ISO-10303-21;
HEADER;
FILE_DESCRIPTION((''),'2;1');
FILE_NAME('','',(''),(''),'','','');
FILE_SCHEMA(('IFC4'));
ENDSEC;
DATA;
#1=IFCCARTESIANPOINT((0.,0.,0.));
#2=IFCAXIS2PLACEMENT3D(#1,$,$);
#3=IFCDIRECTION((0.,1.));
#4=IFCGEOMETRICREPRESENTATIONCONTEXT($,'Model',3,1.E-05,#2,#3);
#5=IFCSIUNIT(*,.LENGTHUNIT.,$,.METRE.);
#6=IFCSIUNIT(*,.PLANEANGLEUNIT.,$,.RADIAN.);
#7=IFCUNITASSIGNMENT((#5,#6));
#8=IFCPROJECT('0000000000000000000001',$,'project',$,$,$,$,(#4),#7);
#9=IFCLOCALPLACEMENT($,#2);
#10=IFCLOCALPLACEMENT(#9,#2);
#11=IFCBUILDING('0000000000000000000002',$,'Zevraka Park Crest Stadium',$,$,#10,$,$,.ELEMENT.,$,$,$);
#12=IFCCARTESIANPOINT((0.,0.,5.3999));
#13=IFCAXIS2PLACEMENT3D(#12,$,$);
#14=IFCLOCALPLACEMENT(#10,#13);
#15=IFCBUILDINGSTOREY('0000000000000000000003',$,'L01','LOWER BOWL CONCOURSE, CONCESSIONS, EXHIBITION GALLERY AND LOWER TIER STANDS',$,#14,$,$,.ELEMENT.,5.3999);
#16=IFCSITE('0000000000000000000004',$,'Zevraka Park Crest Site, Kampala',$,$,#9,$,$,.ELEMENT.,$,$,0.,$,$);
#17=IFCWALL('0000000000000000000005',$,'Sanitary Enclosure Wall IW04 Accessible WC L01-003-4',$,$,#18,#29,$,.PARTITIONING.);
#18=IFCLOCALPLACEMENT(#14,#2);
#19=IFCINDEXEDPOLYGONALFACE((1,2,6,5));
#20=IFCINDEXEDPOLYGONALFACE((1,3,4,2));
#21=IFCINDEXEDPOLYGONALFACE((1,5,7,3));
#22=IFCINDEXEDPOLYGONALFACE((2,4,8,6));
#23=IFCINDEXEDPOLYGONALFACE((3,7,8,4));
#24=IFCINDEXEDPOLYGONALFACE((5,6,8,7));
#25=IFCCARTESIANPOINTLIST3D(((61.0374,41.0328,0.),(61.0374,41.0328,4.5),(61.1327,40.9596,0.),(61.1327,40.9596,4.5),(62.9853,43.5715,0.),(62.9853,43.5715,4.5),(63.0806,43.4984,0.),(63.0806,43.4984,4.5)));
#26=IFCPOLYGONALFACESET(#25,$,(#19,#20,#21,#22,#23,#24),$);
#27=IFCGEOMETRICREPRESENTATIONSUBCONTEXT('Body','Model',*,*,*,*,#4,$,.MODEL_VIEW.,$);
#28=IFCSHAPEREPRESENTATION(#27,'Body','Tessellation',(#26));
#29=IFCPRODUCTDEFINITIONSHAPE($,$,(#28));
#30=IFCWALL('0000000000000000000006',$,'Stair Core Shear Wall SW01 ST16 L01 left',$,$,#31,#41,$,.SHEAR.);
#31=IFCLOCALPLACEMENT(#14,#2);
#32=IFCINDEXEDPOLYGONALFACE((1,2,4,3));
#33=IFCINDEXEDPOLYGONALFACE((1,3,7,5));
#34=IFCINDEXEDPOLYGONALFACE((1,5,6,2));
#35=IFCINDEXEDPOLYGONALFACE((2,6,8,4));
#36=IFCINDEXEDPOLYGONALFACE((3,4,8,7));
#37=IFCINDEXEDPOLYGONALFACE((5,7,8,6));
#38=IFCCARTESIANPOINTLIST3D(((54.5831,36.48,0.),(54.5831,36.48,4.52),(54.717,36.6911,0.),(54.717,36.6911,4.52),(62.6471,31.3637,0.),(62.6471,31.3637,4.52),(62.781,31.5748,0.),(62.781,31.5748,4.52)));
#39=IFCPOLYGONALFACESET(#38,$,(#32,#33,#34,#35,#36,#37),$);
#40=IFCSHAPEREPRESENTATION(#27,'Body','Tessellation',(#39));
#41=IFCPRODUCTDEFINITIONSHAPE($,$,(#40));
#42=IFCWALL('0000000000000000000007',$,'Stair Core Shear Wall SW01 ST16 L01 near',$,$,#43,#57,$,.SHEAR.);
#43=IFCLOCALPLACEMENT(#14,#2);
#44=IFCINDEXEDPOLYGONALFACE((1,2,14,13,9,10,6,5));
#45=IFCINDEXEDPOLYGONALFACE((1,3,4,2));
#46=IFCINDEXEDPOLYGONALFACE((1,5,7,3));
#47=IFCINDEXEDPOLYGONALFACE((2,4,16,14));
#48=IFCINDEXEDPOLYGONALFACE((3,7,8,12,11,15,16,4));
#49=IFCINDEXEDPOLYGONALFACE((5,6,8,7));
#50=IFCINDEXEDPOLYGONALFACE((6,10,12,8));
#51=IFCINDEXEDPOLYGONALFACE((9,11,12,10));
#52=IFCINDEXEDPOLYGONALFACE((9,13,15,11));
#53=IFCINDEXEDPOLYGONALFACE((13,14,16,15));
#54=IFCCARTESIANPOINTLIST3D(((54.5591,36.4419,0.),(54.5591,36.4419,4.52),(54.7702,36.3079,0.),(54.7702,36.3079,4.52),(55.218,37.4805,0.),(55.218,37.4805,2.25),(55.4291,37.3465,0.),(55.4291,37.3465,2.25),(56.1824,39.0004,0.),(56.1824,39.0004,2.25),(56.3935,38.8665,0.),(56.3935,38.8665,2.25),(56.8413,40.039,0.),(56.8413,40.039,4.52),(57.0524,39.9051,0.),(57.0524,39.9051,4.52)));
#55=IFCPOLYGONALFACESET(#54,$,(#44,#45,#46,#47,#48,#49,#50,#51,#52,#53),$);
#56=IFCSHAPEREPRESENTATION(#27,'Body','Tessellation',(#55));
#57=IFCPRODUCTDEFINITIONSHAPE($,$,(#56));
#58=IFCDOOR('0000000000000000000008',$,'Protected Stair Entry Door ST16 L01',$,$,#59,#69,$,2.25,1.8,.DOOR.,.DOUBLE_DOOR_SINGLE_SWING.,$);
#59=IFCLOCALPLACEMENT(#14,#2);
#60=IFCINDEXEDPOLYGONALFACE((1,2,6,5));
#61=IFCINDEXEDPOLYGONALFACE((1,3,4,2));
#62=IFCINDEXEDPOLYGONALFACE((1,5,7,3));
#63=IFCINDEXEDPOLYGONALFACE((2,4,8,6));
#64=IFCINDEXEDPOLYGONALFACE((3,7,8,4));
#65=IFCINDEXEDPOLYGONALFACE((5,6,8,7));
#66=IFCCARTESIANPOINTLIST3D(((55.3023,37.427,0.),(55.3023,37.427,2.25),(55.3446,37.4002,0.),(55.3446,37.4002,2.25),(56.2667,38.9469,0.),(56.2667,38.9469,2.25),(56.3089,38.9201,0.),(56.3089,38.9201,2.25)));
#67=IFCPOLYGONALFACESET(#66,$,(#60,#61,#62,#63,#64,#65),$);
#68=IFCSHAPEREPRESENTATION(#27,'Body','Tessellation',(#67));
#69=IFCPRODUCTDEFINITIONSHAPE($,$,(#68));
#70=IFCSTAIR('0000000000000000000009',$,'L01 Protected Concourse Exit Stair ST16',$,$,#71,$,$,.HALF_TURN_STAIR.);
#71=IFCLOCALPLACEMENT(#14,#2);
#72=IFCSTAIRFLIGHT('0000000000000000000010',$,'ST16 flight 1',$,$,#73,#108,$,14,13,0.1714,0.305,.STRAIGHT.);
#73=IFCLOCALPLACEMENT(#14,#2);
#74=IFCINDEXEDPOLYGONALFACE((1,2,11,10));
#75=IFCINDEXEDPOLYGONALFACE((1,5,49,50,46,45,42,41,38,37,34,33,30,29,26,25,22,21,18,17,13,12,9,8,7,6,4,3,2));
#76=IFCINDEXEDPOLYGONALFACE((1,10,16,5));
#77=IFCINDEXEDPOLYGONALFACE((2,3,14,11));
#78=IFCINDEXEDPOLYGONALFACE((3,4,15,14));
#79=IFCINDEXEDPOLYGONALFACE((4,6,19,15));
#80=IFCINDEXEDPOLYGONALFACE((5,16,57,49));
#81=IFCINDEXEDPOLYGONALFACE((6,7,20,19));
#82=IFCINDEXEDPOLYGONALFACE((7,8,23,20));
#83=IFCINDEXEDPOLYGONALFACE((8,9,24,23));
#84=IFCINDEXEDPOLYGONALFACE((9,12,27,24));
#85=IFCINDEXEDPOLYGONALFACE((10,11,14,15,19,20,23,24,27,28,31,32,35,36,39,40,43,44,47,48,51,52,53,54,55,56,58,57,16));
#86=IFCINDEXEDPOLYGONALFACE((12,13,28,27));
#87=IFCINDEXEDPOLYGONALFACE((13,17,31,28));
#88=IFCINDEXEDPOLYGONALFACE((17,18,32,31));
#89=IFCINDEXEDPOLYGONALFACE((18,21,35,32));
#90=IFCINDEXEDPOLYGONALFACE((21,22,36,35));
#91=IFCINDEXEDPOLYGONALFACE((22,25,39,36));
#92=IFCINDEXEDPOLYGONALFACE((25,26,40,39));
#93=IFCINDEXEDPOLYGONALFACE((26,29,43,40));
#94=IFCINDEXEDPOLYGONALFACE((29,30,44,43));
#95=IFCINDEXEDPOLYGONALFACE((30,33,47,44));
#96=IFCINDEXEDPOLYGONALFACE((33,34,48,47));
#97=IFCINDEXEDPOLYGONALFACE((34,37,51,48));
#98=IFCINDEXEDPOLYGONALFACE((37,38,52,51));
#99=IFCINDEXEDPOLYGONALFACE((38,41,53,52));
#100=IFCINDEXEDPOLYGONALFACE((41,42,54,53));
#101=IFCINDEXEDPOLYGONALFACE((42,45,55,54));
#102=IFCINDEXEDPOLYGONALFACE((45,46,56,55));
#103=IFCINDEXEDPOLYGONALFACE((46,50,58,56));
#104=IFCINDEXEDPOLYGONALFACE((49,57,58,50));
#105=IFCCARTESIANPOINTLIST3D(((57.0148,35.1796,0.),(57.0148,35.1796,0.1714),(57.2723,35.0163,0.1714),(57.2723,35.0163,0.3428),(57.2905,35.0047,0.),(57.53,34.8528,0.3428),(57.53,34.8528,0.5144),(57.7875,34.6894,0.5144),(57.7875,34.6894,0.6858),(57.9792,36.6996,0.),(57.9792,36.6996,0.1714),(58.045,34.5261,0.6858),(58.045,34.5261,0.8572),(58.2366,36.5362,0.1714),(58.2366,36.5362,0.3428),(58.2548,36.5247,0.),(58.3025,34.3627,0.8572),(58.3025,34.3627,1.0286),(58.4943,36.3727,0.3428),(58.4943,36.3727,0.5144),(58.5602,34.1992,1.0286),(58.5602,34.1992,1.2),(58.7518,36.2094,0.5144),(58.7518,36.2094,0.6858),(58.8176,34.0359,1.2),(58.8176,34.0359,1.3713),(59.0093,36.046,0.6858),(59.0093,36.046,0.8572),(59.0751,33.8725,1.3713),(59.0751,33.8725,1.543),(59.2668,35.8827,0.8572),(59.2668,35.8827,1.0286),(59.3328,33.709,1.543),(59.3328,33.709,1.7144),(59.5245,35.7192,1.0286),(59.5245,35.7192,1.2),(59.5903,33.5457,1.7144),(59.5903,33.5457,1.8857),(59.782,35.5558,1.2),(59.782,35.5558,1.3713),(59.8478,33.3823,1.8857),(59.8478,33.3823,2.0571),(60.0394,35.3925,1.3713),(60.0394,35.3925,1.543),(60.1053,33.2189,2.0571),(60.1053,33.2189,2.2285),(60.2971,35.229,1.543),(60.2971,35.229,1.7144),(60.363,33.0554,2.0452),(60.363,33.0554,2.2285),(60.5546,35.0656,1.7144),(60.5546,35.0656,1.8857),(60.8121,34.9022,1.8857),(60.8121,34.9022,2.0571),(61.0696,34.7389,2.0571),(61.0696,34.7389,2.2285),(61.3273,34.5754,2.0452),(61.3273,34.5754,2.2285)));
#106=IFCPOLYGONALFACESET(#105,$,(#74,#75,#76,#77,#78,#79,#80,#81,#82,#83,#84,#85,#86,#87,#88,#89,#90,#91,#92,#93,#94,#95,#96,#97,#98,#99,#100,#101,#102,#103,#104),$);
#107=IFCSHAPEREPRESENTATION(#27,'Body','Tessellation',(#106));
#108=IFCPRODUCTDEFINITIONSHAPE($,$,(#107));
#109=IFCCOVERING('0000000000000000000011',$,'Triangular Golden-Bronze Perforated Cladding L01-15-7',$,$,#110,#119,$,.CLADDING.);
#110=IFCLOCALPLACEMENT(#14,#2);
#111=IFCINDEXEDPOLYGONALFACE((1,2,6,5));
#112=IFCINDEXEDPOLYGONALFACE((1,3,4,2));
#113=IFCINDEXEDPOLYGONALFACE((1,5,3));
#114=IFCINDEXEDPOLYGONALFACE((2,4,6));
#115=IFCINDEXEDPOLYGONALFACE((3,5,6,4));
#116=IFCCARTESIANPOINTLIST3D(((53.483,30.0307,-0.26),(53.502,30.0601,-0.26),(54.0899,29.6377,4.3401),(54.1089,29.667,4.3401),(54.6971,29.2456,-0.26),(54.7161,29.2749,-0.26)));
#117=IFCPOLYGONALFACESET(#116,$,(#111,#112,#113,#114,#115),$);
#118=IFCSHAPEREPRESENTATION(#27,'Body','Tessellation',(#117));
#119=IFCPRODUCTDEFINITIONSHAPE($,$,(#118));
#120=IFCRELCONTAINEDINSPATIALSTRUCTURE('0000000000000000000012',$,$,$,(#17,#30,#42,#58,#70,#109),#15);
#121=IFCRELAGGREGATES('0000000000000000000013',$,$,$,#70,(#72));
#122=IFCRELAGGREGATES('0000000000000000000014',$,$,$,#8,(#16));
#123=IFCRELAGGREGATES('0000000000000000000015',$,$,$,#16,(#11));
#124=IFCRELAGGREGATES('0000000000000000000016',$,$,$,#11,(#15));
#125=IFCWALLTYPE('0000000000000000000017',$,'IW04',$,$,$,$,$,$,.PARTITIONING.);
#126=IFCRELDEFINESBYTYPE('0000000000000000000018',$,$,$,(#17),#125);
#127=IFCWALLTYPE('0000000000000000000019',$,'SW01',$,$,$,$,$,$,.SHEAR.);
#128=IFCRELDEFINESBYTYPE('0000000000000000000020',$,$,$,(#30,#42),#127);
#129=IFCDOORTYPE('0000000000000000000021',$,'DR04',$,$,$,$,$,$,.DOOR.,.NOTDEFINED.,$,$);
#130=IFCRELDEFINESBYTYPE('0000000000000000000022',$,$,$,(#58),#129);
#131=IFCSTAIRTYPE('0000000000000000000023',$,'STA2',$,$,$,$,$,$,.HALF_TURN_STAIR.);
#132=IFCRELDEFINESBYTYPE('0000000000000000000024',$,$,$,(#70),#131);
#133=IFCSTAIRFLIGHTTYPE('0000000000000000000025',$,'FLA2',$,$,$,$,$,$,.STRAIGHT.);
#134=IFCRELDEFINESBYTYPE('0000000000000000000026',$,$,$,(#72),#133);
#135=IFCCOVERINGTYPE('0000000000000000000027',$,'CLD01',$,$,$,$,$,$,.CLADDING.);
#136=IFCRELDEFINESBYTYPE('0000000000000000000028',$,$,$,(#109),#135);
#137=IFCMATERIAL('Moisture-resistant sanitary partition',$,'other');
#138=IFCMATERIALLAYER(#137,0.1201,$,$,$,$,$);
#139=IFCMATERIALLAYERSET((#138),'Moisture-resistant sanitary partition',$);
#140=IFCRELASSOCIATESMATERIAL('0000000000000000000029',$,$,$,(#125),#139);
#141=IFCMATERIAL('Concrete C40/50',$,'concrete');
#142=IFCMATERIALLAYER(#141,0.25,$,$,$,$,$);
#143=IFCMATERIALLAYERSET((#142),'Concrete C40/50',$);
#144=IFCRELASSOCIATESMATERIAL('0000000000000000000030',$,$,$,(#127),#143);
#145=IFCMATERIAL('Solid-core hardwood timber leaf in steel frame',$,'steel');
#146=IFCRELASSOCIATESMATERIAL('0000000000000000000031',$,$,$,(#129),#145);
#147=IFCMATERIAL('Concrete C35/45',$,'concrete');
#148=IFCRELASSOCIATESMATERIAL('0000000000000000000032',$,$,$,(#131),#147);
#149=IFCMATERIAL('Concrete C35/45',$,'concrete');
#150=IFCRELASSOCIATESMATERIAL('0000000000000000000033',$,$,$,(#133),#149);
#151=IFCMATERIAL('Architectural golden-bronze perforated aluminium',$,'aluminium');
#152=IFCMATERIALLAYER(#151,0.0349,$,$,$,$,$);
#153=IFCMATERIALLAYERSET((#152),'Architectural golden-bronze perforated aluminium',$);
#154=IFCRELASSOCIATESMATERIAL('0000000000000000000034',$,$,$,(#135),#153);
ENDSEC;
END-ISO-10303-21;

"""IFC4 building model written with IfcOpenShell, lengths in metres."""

from ifc_helpers import new_model, si_unit, direction, frame, frame_2d, origin, place, context, subcontext, project, spatial, polyline, rectangle, outline, extrude, material, layer, layer_set, type_object, element, fill, aggregate, save


model = new_model("IFC4")

# Units and contexts
model_context = context("Model", 3, precision=1e-05, world=origin(), true_north=direction((0.0, 1.0)))
body_context = subcontext(model_context, "Body", "Model", "MODEL_VIEW")
ifc_project = project(units=[si_unit("LENGTHUNIT", "METRE"), si_unit("PLANEANGLEUNIT", "RADIAN")], contexts=[model_context])

# Site, building, storey
site_placement = place(None, origin())
site = spatial("IfcSite", under=ifc_project, at=site_placement, Name="Zevraka Park Crest Site, Kampala", CompositionType="ELEMENT", RefElevation=0.0)
building_placement = place(site_placement, origin())
building = spatial("IfcBuilding", under=site, at=building_placement, Name="Zevraka Park Crest Stadium", CompositionType="ELEMENT")
storey_placement = place(building_placement, frame((0.0, 0.0, 5.3999)))
storey = spatial("IfcBuildingStorey", under=building, at=storey_placement, Name="L01", Description="LOWER BOWL CONCOURSE, CONCESSIONS, EXHIBITION GALLERY AND LOWER TIER STANDS", CompositionType="ELEMENT", Elevation=5.3999)

# Walls
ifc_material_1 = material(Name="Moisture-resistant sanitary partition", Category="other")
ifc_layer_1 = layer(ifc_material_1, 0.1201)
ifc_layer_set_1 = layer_set([ifc_layer_1], Name="Moisture-resistant sanitary partition")
wall_type_1 = type_object("IfcWallType", Name="IW04", PredefinedType="PARTITIONING", material=ifc_layer_set_1)
wall_1_placement = place(storey_placement, frame((61.085, 40.9961, 0.0), z_axis=(0.0, 0.0, 1.0), x_axis=(0.608741, 0.793369, 0.0)))
element("IfcWall", 1, at=wall_1_placement, inside=storey, type_object=wall_type_1, Name="Sanitary Enclosure Wall IW04 Accessible WC L01-003-4", PredefinedType="PARTITIONING", context=body_context, shape_type="SweptSolid", body=[
    extrude(rectangle(XDim=3.2, YDim=0.1201, at=frame_2d((1.6001, 0.0))), origin(), (0.0, 0.0, 1.0), 4.5),
])
ifc_material_2 = material(Name="Concrete C40/50", Category="concrete")
ifc_layer_2 = layer(ifc_material_2, 0.25)
ifc_layer_set_2 = layer_set([ifc_layer_2], Name="Concrete C40/50")
wall_type_2 = type_object("IfcWallType", Name="SW01", PredefinedType="SHEAR", material=ifc_layer_set_2)
wall_2_placement = place(storey_placement, frame((54.6501, 36.5854, 0.0), z_axis=(0.0, 0.0, 1.0), x_axis=(0.844391, -0.535727, 0.0)))
element("IfcWall", 2, at=wall_2_placement, inside=storey, type_object=wall_type_2, Name="Stair Core Shear Wall SW01 ST16 L01 left", PredefinedType="SHEAR", context=body_context, shape_type="SweptSolid", body=[
    extrude(rectangle(XDim=9.55, YDim=0.25, at=frame_2d((4.7749, 0.0))), origin(), (0.0, 0.0, 1.0), 4.52),
])

# Wall, opening, door
wall_3_placement = place(storey_placement, frame((56.9468, 39.9719, 0.0), z_axis=(0.0, 0.0, 1.0), x_axis=(-0.535725, -0.844392, 0.0)))
wall_3 = element("IfcWall", 3, at=wall_3_placement, inside=storey, type_object=wall_type_2, Name="Stair Core Shear Wall SW01 ST16 L01 near", PredefinedType="SHEAR", context=body_context, shape_type="SweptSolid", body=[
    extrude(rectangle(XDim=4.26, YDim=0.25, at=frame_2d((2.1299, 0.0))), origin(), (0.0, 0.0, 1.0), 4.52),
])
opening_placement = place(wall_3_placement, frame((1.23, 0.0, 0.0)))
opening = element("IfcOpeningElement", 4, at=opening_placement, cuts=wall_3, PredefinedType="OPENING", context=body_context, shape_type="SweptSolid", body=[
    extrude(rectangle(XDim=1.8, YDim=2.25, at=frame_2d((0.8999, 1.125))), frame((0.0, 0.135, 0.0), z_axis=(0.0, -1.0, 0.0), x_axis=(1.0, 0.0, 0.0)), (0.0, 0.0, 1.0), 0.27),
])
ifc_material_3 = material(Name="Solid-core hardwood timber leaf in steel frame", Category="steel")
door_type = type_object("IfcDoorType", Name="DR04", OperationType="NOTDEFINED", PredefinedType="DOOR", material=ifc_material_3)
door_placement = place(opening_placement, origin())
door = element("IfcDoor", 5, at=door_placement, inside=storey, type_object=door_type, Name="Protected Stair Entry Door ST16 L01", OperationType="DOUBLE_DOOR_SINGLE_SWING", OverallHeight=2.25, OverallWidth=1.8, PredefinedType="DOOR", context=body_context, shape_type="SweptSolid", body=[
    extrude(rectangle(XDim=1.8, YDim=2.25, at=frame_2d((0.8999, 1.125))), frame((0.0, 0.0249, 0.0), z_axis=(0.0, -1.0, 0.0), x_axis=(1.0, 0.0, 0.0)), (0.0, 0.0, 1.0), 0.05),
])
fill(opening, door)

# Stair, stair flight
ifc_material_4 = material(Name="Concrete C35/45", Category="concrete")
stair_type = type_object("IfcStairType", Name="STA2", PredefinedType="HALF_TURN_STAIR", material=ifc_material_4)
stair_placement = place(storey_placement, origin())
stair = element("IfcStair", 6, at=stair_placement, inside=storey, type_object=stair_type, Name="L01 Protected Concourse Exit Stair ST16", PredefinedType="HALF_TURN_STAIR")
ifc_material_5 = material(Name="Concrete C35/45", Category="concrete")
stair_flight_type = type_object("IfcStairFlightType", Name="FLA2", PredefinedType="STRAIGHT", material=ifc_material_5)
stair_flight_placement = place(storey_placement, frame((57.4971, 35.9397, 0.0), z_axis=(0.0, 0.0, 1.0), x_axis=(0.844397, -0.535718, 0.0)))
stair_flight = element("IfcStairFlight", 7, at=stair_flight_placement, type_object=stair_flight_type, Name="ST16 flight 1", NumberOfRisers=14, NumberOfTreads=13, PredefinedType="STRAIGHT", RiserHeight=0.1714, TreadLength=0.305, context=body_context, shape_type="SweptSolid", body=[
    extrude(outline(polyline([(0.0, 0.0), (0.0, 0.1714), (0.3049, 0.1714), (0.3049, 0.3428), (0.6101, 0.3428), (0.6101, 0.5144), (0.915, 0.5144), (0.915, 0.6858), (1.22, 0.6858), (1.22, 0.8572), (1.5249, 0.8572), (1.5249, 1.0286), (1.8301, 1.0286), (1.8301, 1.2), (2.135, 1.2), (2.135, 1.3713), (2.4399, 1.3713), (2.4399, 1.543), (2.7451, 1.543), (2.7451, 1.7144), (3.05, 1.7144), (3.05, 1.8857), (3.355, 1.8857), (3.355, 2.0571), (3.6599, 2.0571), (3.6599, 2.2285), (3.9651, 2.2285), (3.9651, 2.3999), (3.9651, 2.0452), (0.3264, 0.0), (0.0, 0.0)])), frame((0.0, 0.8999, 0.0), z_axis=(0.0, -1.0, 0.0), x_axis=(1.0, 0.0, 0.0)), (0.0, 0.0, 1.0), 1.8),
])
aggregate(stair, [stair_flight])

# Covering
ifc_material_6 = material(Name="Architectural golden-bronze perforated aluminium", Category="aluminium")
ifc_layer_3 = layer(ifc_material_6, 0.0349)
ifc_layer_set_3 = layer_set([ifc_layer_3], Name="Architectural golden-bronze perforated aluminium")
covering_type = type_object("IfcCoveringType", Name="CLD01", PredefinedType="CLADDING", material=ifc_layer_set_3)
covering_placement = place(storey_placement, frame((53.502, 30.0601, -0.26), z_axis=(0.543034, 0.839711, 0.000104), x_axis=(0.839711, -0.543034, 0.0)))
element("IfcCovering", 8, at=covering_placement, inside=storey, type_object=covering_type, Name="Triangular Golden-Bronze Perforated Cladding L01-15-7", PredefinedType="CLADDING", context=body_context, shape_type="SweptSolid", body=[
    extrude(outline(polyline([(0.0, 0.0), (1.4459, 0.0), (0.7231, -4.6001), (0.0, 0.0)])), origin(), (0.0, 0.0, -1.0), 0.0349),
])

save(model, "model.ifc")
